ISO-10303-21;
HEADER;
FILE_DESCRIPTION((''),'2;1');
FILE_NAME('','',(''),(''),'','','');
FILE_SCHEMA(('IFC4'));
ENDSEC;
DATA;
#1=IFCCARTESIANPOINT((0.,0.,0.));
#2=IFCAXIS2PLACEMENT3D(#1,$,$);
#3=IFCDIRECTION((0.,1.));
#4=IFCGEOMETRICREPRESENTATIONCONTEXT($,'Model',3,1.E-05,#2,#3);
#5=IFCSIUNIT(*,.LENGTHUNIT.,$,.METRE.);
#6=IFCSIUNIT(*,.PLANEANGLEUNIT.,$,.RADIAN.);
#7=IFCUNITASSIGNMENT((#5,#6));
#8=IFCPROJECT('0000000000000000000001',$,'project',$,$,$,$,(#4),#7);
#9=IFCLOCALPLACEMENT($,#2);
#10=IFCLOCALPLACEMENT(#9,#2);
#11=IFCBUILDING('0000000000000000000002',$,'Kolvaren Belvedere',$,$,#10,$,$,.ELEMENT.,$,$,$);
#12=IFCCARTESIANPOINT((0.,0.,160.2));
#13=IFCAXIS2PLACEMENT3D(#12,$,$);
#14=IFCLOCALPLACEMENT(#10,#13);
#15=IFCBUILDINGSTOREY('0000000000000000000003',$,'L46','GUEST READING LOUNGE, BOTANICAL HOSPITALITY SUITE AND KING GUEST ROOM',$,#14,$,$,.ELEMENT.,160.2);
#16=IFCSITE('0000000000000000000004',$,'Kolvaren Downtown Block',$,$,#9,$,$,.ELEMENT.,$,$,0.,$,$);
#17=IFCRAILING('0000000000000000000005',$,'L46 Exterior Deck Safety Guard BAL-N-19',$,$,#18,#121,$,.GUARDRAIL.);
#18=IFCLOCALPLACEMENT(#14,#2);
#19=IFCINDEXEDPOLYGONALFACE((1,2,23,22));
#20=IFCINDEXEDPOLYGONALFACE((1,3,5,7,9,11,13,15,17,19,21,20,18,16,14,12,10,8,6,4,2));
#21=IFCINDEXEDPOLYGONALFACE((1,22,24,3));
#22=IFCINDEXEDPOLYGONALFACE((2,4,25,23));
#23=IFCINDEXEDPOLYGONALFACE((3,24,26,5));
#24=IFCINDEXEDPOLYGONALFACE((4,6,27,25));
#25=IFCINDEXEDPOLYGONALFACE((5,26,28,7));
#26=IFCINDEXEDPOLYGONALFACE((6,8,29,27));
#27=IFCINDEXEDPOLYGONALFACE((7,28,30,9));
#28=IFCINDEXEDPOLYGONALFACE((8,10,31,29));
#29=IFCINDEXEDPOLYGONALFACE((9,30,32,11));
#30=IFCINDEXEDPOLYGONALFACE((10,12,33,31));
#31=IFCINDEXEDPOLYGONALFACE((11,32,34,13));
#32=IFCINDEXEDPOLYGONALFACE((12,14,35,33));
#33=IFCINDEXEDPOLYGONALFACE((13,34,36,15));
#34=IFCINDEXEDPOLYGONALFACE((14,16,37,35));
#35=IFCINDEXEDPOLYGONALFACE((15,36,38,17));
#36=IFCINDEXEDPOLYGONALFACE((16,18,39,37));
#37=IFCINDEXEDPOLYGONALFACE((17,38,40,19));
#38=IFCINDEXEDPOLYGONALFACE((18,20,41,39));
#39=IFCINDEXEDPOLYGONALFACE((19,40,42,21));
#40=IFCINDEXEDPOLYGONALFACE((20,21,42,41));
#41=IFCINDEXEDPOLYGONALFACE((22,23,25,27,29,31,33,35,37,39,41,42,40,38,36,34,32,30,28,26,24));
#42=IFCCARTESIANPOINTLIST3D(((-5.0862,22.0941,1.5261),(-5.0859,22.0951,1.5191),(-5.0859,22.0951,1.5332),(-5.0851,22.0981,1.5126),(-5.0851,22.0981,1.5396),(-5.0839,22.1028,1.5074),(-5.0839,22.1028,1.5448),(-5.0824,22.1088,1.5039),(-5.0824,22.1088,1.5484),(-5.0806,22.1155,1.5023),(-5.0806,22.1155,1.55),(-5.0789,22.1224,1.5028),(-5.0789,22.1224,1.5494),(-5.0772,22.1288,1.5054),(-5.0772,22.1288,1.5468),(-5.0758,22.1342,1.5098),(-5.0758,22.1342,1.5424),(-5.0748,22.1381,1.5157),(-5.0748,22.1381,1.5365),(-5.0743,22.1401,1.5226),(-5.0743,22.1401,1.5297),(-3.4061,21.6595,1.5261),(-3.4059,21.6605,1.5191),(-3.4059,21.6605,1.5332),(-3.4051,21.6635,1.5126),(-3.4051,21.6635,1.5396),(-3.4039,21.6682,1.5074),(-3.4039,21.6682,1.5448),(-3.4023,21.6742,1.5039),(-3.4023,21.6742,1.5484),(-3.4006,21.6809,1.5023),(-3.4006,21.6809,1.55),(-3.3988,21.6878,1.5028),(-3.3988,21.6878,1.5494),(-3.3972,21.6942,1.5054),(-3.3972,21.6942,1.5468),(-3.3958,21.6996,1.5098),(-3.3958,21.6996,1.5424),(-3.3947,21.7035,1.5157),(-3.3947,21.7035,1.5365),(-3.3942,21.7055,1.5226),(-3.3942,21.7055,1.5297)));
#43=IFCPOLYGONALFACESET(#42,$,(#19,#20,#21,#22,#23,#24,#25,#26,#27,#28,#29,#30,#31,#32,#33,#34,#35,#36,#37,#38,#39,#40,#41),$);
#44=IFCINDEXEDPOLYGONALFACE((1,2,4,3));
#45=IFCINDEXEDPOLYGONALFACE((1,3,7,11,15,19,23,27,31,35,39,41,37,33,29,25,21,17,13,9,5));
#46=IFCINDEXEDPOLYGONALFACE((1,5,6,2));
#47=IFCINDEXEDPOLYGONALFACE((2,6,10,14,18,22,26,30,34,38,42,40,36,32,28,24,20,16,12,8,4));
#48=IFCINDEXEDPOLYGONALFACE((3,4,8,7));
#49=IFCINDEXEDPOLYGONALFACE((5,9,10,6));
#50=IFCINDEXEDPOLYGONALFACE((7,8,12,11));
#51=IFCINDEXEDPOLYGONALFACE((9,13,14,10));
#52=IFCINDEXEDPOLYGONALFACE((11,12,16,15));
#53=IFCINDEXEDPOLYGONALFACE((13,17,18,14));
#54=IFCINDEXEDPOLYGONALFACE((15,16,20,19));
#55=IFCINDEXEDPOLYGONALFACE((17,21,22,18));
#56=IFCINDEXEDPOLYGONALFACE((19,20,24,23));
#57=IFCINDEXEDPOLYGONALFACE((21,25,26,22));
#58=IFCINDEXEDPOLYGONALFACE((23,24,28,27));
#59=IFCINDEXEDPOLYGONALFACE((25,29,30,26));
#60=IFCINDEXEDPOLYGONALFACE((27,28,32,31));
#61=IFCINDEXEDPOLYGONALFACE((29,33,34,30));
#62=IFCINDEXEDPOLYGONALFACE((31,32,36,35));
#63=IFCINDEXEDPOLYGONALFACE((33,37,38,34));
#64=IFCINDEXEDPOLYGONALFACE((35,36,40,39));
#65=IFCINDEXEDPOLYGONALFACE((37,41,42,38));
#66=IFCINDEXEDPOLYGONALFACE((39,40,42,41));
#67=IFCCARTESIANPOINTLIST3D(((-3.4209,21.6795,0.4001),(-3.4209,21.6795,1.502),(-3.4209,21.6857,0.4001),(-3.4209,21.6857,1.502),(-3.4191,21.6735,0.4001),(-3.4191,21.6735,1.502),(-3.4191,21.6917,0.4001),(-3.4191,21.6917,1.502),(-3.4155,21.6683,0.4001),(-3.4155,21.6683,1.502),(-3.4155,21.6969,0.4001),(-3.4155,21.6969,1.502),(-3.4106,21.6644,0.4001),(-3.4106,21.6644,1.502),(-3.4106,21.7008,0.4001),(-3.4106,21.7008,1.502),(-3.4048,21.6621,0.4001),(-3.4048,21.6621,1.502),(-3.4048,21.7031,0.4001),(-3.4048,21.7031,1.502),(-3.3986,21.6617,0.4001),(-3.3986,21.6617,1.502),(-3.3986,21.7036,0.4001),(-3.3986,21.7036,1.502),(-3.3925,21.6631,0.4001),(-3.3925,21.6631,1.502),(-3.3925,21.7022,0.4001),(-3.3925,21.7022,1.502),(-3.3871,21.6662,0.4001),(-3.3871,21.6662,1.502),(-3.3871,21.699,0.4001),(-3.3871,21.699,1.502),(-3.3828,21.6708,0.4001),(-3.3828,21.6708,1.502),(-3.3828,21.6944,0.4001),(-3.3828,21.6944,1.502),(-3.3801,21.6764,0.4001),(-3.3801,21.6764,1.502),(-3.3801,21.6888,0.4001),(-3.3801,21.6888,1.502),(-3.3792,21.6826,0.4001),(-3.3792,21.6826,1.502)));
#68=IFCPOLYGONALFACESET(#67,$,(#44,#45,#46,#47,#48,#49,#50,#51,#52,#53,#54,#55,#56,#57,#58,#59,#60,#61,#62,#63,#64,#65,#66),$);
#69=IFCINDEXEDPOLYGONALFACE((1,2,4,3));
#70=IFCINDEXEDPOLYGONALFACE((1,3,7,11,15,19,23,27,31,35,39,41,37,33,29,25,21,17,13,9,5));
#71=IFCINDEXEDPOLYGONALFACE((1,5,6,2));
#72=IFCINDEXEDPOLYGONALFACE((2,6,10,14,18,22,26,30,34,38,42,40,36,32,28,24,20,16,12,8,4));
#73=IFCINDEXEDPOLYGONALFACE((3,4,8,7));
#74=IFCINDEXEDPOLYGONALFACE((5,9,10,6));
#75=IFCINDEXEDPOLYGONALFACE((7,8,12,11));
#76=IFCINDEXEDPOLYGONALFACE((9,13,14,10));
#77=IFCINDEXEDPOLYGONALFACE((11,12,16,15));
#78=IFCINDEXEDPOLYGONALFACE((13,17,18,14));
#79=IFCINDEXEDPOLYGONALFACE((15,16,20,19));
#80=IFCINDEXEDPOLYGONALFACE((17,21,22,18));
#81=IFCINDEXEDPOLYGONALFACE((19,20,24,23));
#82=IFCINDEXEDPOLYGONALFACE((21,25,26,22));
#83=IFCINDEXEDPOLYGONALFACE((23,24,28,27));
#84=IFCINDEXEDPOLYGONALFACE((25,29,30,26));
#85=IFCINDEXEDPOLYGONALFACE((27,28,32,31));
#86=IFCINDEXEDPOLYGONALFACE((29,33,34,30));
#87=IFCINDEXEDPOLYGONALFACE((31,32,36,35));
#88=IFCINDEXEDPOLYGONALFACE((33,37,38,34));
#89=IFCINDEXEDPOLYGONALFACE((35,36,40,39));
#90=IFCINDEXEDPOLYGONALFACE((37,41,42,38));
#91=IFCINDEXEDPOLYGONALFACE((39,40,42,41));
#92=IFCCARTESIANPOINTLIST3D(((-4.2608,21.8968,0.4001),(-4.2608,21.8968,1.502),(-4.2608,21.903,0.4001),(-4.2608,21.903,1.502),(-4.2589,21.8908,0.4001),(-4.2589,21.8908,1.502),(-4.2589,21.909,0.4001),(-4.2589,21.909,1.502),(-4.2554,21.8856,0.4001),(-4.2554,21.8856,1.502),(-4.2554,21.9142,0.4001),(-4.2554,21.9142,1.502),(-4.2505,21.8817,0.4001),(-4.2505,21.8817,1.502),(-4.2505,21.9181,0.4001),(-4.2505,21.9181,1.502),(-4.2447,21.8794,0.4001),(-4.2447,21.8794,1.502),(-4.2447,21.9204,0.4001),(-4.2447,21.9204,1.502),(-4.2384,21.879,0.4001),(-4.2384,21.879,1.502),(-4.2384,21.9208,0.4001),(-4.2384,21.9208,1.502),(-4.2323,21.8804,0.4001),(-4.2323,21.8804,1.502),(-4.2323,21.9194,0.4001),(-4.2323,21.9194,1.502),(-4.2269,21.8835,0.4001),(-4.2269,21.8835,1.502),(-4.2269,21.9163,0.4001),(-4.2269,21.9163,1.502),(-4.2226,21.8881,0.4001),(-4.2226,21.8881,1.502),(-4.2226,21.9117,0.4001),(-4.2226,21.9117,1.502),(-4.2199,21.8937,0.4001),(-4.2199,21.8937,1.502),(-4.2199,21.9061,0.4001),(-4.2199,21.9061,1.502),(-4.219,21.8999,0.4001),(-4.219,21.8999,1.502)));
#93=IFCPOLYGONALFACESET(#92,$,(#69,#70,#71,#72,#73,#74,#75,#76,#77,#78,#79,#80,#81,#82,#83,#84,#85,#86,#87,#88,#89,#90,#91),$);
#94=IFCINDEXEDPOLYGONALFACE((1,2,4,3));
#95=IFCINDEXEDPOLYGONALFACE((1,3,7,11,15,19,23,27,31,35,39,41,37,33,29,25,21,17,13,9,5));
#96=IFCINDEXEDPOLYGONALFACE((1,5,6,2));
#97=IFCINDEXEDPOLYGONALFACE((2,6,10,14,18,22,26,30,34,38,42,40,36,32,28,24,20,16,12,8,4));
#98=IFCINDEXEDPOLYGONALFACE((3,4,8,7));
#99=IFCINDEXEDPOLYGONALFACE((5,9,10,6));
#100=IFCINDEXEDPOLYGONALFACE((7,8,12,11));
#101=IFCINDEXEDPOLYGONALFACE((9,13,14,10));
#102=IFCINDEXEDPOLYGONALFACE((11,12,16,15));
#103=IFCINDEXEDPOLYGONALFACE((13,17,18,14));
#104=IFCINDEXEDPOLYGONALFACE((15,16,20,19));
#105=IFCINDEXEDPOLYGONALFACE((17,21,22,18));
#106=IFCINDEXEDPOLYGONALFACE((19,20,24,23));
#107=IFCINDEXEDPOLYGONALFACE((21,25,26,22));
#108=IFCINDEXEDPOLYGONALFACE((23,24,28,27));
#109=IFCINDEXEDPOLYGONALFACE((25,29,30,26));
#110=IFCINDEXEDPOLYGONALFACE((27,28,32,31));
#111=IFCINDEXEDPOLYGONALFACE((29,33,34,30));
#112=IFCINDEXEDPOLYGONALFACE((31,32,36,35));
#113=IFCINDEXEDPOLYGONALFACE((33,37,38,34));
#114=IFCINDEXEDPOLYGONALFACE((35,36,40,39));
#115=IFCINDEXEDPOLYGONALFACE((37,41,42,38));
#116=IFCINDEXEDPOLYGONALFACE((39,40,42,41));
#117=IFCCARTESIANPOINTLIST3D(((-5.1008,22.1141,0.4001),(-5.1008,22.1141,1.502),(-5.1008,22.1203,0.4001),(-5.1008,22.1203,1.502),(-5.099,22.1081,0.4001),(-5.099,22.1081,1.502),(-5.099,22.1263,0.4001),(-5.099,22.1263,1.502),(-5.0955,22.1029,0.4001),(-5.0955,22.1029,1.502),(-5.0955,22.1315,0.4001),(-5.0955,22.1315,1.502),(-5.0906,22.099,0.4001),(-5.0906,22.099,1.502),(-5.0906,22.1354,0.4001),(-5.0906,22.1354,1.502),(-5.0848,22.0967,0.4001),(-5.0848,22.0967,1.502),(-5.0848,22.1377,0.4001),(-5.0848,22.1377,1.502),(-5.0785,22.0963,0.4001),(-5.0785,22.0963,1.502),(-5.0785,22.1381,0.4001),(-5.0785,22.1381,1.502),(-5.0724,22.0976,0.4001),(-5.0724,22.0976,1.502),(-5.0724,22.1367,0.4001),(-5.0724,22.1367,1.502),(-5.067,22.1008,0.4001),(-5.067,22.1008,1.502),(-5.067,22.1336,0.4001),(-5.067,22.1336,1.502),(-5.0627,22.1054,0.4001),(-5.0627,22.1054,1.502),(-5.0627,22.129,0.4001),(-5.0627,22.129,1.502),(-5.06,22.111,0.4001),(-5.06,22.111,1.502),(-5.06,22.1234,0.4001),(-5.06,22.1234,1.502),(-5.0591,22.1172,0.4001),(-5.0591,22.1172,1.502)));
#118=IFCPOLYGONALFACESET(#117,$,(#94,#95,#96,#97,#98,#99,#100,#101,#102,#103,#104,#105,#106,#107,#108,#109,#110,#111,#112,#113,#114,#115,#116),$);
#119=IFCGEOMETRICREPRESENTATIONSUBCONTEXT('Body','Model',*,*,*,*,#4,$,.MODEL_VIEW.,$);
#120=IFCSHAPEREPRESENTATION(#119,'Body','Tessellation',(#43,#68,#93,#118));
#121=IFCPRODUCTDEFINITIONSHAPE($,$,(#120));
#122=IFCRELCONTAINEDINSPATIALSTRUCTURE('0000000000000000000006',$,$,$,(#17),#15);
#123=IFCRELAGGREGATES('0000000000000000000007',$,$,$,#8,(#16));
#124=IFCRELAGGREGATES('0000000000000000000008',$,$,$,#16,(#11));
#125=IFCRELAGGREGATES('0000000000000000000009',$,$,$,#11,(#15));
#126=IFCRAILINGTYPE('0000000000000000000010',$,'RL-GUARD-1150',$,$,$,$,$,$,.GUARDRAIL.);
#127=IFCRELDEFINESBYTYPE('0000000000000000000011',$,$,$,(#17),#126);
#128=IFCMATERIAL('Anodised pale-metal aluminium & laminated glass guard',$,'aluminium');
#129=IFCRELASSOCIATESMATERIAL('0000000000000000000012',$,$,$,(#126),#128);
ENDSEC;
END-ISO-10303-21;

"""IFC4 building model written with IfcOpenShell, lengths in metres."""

from ifc_helpers import new_model, si_unit, direction, frame, origin, origin_2d, place, context, subcontext, project, spatial, circle, extrude, material, type_object, element, save


model = new_model("IFC4")

# Units and contexts
model_context = context("Model", 3, precision=1e-05, world=origin(), true_north=direction((0.0, 1.0)))
body_context = subcontext(model_context, "Body", "Model", "MODEL_VIEW")
ifc_project = project(units=[si_unit("LENGTHUNIT", "METRE"), si_unit("PLANEANGLEUNIT", "RADIAN")], contexts=[model_context])

# Site, building, storey
site_placement = place(None, origin())
site = spatial("IfcSite", under=ifc_project, at=site_placement, Name="Kolvaren Downtown Block", CompositionType="ELEMENT", RefElevation=0.0)
building_placement = place(site_placement, origin())
building = spatial("IfcBuilding", under=site, at=building_placement, Name="Kolvaren Belvedere", CompositionType="ELEMENT")
storey_placement = place(building_placement, frame((0.0, 0.0, 160.2)))
storey = spatial("IfcBuildingStorey", under=building, at=storey_placement, Name="L46", Description="GUEST READING LOUNGE, BOTANICAL HOSPITALITY SUITE AND KING GUEST ROOM", CompositionType="ELEMENT", Elevation=160.2)

# Railing
ifc_material_1 = material(Name="Anodised pale-metal aluminium & laminated glass guard", Category="aluminium")
railing_type = type_object("IfcRailingType", Name="RL-GUARD-1150", PredefinedType="GUARDRAIL", material=ifc_material_1)
railing_1_placement = place(storey_placement, frame((-3.4001, 21.6826, 0.4001)))
element("IfcRailing", 1, at=railing_1_placement, inside=storey, type_object=railing_type, Name="L46 Exterior Deck Safety Guard BAL-N-19", PredefinedType="GUARDRAIL", context=body_context, shape_type="SweptSolid", body=[
    extrude(circle(Radius=0.0239, at=origin_2d()), frame((0.0, 0.0, 1.126), z_axis=(-0.968132, 0.25044, 0.0), x_axis=(-0.25044, -0.968132, 0.0)), (0.0, 0.0, 1.0), 1.7354),
    extrude(circle(Radius=0.021, at=origin_2d()), origin(), (0.0, 0.0, 1.0), 1.1018),
    extrude(circle(Radius=0.021, at=origin_2d()), frame((-0.8398, 0.2173, 0.0)), (0.0, 0.0, 1.0), 1.1018),
    extrude(circle(Radius=0.021, at=origin_2d()), frame((-1.6799, 0.4346, 0.0)), (0.0, 0.0, 1.0), 1.1018),
])

save(model, "model.ifc")
